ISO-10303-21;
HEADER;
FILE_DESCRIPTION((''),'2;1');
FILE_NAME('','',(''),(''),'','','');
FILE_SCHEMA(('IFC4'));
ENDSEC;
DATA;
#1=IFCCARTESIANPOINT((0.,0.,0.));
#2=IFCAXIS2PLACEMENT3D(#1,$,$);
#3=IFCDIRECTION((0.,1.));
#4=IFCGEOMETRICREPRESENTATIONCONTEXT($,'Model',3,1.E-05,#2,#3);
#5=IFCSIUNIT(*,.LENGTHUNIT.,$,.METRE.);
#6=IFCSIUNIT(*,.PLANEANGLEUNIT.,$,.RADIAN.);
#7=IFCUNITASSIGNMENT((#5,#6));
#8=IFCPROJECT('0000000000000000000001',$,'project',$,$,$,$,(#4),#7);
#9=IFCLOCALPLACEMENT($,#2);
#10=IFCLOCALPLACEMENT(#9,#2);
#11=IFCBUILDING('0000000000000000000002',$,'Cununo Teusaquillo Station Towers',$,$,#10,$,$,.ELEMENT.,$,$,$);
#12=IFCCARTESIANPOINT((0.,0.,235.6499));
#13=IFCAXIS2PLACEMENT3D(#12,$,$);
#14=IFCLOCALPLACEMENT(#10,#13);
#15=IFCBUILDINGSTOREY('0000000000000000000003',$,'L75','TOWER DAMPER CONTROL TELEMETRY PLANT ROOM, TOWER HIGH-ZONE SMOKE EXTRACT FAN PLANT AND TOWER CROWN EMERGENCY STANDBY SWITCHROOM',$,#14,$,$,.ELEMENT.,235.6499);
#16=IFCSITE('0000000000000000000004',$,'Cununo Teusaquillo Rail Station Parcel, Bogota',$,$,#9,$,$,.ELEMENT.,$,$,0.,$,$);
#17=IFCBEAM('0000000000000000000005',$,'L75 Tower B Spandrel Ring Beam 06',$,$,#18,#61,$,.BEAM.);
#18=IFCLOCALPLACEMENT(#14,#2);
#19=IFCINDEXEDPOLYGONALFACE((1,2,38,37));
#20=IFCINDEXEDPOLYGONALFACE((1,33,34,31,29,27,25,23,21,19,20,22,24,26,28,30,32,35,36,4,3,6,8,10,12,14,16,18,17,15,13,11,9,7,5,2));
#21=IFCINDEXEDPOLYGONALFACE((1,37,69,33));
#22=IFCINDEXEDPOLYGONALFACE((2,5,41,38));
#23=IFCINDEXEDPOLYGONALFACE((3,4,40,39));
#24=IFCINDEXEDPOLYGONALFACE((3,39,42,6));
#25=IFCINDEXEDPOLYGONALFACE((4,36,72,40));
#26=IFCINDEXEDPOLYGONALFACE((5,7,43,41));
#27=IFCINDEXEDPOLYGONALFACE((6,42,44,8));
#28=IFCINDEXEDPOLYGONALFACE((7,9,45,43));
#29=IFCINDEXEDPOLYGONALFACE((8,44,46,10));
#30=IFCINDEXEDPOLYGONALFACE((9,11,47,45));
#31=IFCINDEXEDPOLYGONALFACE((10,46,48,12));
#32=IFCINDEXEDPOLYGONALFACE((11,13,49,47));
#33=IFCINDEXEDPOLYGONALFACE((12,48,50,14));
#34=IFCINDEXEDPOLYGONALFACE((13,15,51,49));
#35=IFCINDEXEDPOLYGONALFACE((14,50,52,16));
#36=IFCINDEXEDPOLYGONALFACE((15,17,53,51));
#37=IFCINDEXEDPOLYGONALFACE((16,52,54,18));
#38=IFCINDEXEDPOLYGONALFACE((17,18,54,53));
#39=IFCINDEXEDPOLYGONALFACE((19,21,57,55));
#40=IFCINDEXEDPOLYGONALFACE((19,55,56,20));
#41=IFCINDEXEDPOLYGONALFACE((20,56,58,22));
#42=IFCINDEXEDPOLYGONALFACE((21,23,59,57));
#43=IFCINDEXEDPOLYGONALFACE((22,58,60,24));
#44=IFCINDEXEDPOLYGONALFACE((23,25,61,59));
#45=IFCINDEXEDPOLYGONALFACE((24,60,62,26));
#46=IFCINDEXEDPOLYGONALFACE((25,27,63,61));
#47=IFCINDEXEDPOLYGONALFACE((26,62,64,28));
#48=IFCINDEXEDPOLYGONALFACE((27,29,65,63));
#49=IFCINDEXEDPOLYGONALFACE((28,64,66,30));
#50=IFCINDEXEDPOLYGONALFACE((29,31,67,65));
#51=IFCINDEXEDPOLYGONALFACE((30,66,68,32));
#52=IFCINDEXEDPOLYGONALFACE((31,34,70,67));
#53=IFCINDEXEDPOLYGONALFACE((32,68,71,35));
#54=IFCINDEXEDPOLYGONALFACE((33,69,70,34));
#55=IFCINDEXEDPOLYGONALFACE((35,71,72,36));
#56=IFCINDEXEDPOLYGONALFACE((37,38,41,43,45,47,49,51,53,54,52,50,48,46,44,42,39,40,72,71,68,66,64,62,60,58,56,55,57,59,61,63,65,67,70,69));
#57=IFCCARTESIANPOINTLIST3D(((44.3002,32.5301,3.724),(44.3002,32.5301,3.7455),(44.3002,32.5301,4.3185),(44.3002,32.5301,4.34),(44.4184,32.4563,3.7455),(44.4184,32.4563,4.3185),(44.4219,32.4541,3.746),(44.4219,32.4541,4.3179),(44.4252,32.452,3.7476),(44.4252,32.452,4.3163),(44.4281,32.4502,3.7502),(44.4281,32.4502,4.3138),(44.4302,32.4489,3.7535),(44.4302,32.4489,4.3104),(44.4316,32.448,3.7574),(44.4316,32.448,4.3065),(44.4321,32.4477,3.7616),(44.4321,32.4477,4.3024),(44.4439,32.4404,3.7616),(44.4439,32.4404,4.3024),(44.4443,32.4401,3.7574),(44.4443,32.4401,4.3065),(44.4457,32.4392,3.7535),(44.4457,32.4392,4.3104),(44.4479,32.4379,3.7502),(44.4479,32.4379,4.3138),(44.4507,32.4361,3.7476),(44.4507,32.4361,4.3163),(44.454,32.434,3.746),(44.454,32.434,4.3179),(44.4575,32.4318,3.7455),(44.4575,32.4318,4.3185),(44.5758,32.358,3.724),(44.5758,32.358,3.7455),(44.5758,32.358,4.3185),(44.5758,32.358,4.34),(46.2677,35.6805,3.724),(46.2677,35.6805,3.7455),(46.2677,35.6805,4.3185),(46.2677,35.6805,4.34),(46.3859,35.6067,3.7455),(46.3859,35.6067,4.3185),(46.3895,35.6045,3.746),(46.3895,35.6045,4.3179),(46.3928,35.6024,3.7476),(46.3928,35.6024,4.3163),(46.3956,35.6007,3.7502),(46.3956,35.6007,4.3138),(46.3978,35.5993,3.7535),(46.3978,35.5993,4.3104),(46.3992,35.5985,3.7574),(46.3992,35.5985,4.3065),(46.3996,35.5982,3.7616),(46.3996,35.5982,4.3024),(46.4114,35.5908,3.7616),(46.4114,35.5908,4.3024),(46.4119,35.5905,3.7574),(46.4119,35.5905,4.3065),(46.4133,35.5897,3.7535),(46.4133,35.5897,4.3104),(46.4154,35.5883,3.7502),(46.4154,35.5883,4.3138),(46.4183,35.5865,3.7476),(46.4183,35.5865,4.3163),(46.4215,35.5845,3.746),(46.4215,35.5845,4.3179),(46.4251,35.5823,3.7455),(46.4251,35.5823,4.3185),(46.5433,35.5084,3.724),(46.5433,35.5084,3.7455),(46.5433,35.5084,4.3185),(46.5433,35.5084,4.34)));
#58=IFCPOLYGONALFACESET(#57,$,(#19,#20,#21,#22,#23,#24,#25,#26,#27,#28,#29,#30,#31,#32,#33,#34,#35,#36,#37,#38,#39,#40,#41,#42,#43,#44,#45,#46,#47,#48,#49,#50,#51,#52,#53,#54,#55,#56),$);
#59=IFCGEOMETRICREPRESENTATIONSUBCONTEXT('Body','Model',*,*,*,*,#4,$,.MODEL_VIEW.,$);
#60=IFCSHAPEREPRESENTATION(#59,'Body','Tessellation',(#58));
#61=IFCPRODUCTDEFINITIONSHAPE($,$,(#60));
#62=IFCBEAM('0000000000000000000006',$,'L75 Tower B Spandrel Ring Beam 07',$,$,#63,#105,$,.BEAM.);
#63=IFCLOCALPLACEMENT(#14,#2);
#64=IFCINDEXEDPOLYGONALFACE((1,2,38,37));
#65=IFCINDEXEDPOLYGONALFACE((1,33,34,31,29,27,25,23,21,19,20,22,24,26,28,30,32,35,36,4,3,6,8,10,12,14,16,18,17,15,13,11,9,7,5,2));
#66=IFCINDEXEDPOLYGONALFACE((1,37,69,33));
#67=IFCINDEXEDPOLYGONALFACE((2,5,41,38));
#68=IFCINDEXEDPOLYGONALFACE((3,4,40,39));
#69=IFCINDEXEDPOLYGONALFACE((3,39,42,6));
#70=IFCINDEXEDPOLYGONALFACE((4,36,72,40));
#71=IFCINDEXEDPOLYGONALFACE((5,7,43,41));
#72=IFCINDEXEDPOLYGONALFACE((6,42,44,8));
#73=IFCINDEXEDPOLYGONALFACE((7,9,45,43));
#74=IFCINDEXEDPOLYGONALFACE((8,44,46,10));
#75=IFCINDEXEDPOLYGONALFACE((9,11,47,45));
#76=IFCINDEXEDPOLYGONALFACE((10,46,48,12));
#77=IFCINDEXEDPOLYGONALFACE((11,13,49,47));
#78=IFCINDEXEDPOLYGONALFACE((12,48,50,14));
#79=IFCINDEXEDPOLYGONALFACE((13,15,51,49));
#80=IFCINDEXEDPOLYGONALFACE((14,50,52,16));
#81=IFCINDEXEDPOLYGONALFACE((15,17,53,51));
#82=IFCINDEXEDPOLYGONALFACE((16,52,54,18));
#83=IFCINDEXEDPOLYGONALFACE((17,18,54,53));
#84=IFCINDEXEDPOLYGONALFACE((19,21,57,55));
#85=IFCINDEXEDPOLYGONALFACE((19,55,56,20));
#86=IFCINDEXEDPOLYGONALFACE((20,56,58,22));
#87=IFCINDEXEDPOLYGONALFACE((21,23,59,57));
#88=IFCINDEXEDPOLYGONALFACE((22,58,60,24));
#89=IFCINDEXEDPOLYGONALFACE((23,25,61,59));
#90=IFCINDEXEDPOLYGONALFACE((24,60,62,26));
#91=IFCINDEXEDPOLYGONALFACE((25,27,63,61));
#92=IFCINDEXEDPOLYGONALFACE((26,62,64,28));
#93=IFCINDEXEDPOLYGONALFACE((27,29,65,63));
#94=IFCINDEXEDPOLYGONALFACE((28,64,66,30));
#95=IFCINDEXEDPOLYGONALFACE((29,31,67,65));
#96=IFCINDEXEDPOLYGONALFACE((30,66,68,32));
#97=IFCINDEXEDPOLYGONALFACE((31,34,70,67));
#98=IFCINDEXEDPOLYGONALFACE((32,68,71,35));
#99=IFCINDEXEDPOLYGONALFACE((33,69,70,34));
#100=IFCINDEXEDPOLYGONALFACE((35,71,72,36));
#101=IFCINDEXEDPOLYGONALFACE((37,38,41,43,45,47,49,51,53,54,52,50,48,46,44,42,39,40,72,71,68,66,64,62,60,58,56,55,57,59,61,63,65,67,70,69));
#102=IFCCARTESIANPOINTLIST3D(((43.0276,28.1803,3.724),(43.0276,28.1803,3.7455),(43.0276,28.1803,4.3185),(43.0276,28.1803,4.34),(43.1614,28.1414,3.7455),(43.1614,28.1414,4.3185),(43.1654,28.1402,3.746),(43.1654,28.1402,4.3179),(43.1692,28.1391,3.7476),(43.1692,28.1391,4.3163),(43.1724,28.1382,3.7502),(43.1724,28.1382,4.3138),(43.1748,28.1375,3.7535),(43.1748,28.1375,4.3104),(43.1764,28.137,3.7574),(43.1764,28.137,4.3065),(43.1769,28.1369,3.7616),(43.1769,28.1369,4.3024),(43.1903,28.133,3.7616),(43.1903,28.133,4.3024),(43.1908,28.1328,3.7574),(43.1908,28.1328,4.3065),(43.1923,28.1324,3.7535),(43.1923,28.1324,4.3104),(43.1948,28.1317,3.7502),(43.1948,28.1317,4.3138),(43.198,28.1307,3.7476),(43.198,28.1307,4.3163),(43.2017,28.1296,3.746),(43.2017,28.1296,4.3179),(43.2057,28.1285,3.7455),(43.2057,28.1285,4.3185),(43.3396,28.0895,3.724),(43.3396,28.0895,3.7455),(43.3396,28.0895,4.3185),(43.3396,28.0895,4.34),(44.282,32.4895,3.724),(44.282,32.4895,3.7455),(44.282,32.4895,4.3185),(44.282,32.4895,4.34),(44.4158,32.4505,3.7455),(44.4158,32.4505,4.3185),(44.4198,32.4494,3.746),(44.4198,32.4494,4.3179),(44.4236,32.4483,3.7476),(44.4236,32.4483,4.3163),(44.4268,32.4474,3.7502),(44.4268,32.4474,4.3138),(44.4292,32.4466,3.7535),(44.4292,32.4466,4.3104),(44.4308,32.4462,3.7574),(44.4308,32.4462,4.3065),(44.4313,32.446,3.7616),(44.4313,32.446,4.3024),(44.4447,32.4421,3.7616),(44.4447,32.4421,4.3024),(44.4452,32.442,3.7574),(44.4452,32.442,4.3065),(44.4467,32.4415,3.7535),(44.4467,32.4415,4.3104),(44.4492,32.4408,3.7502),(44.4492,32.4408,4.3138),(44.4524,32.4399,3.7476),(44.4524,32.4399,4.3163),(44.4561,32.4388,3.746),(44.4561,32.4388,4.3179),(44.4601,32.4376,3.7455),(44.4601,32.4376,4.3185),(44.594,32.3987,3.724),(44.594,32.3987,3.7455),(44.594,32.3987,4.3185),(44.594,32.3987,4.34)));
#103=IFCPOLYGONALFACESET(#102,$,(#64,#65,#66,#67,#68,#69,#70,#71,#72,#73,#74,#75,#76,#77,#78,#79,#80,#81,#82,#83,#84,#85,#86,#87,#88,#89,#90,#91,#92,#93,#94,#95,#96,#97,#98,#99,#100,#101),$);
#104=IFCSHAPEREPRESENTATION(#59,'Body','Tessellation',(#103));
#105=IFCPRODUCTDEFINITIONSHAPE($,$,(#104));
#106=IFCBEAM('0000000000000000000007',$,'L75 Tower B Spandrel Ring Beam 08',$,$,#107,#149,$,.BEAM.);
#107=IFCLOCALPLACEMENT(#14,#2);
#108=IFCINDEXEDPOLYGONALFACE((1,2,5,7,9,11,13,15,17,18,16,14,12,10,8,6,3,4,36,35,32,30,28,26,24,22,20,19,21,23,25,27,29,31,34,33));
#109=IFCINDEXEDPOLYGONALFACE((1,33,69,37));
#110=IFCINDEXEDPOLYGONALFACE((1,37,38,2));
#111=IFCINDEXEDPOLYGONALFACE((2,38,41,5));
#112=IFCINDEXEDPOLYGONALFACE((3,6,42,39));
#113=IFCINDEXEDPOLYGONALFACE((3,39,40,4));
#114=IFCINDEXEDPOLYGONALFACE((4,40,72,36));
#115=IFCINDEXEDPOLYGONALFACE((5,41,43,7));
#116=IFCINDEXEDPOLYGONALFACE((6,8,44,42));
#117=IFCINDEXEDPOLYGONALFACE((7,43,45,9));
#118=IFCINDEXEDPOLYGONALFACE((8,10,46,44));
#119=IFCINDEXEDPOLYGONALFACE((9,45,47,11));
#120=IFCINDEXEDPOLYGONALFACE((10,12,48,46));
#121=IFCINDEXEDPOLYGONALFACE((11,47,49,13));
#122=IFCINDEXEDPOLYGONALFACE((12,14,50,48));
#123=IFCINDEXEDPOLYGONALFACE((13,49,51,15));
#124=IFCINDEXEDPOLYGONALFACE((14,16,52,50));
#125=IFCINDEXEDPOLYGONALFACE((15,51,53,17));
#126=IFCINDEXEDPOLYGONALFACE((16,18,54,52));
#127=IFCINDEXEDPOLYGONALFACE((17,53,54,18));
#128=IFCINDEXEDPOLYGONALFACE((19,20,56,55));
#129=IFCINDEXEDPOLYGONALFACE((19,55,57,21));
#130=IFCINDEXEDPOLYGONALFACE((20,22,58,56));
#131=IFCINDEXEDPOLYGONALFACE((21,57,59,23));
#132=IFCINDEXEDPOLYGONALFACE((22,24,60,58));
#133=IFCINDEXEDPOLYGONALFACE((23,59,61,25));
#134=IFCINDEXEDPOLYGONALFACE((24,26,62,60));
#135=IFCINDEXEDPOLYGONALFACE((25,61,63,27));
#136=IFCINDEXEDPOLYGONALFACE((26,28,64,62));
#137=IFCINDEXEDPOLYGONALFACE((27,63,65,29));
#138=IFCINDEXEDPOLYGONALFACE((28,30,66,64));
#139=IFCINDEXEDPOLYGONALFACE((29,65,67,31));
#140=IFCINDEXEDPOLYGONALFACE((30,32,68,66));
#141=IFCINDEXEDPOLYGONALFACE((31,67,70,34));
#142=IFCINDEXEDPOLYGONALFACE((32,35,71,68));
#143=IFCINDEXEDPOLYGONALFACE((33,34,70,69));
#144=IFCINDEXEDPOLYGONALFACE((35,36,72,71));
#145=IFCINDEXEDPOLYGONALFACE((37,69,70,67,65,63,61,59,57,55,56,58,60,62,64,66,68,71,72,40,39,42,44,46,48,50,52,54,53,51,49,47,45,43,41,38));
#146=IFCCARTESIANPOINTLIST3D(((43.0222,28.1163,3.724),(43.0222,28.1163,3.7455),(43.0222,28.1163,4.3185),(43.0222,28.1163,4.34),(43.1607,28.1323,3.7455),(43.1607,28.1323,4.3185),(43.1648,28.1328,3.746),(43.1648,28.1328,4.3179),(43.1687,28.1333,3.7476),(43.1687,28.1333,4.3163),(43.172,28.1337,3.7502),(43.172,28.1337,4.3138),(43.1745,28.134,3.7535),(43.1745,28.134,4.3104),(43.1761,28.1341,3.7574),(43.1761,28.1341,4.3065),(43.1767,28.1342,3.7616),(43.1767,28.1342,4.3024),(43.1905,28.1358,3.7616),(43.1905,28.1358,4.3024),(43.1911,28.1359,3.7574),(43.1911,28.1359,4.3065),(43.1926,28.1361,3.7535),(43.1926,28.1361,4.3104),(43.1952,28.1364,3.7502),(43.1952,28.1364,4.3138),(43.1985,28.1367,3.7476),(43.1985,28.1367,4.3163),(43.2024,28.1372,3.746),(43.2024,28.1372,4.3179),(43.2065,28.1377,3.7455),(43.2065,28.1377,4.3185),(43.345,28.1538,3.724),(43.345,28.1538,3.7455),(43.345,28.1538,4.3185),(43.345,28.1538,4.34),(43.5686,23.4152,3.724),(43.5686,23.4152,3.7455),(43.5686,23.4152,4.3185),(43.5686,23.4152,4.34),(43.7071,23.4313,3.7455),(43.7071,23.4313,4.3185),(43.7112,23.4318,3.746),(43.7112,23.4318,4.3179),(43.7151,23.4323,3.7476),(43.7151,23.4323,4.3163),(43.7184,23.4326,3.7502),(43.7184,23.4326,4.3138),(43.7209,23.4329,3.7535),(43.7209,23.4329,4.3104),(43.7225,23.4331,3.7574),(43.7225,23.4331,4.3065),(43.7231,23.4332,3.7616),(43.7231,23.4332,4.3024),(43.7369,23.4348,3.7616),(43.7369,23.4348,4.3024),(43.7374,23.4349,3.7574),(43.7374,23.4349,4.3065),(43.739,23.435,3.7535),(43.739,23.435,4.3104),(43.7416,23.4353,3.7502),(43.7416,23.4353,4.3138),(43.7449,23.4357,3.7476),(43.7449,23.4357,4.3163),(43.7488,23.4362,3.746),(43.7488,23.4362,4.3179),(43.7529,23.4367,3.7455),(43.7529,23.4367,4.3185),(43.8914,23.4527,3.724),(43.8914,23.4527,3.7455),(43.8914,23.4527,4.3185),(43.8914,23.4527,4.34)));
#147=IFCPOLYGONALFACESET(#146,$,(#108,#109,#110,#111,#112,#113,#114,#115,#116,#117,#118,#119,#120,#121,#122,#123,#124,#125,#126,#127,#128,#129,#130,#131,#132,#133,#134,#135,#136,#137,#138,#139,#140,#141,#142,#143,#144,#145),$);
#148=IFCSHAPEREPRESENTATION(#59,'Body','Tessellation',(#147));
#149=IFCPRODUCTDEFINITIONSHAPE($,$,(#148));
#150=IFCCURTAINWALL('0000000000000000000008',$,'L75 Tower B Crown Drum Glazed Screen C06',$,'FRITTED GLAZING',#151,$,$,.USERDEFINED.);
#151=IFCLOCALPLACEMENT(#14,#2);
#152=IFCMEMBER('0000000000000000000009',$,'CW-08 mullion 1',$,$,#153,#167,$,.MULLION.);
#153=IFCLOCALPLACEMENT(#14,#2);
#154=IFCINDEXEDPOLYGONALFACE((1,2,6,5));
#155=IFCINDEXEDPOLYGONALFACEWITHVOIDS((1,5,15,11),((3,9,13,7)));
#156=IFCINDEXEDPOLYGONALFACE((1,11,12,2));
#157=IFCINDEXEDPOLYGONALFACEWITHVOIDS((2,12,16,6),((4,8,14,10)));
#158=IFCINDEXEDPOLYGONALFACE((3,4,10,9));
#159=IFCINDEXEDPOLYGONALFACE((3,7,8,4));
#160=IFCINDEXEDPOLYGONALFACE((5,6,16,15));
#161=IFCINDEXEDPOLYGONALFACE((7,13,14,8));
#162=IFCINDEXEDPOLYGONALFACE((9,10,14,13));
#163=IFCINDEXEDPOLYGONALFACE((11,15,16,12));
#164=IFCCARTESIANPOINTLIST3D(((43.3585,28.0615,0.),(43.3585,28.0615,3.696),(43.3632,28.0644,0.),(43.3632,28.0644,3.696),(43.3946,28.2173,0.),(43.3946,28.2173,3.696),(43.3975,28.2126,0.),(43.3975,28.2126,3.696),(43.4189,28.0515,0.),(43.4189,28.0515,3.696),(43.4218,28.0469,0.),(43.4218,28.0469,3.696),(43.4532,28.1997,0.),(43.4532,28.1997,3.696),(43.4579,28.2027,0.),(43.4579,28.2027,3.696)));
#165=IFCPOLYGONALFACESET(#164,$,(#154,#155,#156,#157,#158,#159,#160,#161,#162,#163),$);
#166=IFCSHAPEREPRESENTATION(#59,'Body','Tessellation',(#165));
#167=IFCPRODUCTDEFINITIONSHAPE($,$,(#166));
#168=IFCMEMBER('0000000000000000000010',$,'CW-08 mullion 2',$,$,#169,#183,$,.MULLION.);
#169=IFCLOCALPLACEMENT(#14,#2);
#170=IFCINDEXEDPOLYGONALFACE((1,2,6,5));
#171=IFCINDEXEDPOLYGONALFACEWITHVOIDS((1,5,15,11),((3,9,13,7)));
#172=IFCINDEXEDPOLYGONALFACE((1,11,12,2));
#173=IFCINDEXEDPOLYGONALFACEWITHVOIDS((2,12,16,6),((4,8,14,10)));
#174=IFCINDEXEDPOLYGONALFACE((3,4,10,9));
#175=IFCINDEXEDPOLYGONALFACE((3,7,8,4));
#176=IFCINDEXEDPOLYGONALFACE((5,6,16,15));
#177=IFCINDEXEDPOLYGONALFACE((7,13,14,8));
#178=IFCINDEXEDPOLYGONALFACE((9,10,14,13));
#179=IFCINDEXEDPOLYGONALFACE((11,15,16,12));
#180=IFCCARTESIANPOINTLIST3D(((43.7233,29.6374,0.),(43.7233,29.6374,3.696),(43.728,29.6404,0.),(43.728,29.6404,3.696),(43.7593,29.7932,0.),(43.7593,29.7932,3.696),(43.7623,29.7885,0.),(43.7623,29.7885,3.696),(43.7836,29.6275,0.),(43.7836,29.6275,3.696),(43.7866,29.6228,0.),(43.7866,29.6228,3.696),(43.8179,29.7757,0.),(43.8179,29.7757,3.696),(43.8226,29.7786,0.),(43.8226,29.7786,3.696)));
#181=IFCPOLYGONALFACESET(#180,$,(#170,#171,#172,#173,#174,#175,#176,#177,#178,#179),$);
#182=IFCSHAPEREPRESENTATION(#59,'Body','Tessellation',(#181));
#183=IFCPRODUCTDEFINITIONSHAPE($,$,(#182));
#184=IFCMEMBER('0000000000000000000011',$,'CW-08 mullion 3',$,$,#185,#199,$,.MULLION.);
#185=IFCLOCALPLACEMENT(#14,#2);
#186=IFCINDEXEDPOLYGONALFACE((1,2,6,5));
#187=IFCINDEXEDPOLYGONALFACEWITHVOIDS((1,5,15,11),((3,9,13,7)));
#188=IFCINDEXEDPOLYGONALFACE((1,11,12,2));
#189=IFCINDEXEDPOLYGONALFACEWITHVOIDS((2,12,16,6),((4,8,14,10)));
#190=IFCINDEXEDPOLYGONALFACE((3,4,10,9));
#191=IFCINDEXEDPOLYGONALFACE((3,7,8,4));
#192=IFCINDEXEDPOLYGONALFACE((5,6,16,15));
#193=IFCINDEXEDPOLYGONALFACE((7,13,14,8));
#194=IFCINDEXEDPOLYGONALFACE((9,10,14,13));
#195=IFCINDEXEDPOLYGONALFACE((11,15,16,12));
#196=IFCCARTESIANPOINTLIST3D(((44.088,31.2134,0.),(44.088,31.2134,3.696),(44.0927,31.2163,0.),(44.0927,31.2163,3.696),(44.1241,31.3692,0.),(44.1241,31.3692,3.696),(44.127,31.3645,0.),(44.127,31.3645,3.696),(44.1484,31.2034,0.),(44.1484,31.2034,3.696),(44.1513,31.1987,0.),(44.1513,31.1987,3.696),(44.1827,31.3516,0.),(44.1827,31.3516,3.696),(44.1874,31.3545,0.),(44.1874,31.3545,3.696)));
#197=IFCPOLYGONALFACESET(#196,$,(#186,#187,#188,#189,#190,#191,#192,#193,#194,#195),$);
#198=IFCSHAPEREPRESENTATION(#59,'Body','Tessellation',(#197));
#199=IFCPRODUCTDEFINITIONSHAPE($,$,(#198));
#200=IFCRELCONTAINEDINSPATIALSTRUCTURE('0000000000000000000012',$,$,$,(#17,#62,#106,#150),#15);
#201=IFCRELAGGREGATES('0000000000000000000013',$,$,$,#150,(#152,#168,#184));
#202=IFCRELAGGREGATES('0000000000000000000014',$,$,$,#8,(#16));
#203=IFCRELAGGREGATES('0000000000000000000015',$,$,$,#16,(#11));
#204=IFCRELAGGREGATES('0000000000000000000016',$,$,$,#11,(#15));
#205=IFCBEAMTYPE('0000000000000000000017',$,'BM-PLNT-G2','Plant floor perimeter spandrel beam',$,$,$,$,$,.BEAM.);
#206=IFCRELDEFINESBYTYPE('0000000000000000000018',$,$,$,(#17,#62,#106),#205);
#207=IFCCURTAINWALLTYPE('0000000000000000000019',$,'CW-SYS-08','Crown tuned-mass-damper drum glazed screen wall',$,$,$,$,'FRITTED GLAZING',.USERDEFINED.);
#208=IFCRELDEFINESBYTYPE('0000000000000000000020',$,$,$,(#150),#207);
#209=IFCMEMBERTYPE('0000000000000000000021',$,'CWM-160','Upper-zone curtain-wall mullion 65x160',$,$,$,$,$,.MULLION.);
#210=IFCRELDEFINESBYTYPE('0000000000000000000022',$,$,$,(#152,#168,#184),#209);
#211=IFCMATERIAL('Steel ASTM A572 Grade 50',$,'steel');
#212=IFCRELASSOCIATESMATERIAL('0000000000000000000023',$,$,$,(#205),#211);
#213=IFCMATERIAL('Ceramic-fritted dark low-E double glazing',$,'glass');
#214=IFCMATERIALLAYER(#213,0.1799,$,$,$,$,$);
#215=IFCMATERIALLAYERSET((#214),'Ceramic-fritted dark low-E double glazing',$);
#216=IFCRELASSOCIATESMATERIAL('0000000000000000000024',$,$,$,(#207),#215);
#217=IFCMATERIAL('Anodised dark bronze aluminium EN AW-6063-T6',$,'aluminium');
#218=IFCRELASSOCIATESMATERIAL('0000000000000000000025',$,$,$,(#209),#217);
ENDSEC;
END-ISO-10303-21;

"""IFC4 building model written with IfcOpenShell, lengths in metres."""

from ifc_helpers import new_model, si_unit, direction, frame, origin, origin_2d, place, context, subcontext, project, spatial, hollow_rectangle, i_section, extrude, material, layer, layer_set, material_profile, profile_set, type_object, element, aggregate, save


model = new_model("IFC4")

# Units and contexts
model_context = context("Model", 3, precision=1e-05, world=origin(), true_north=direction((0.0, 1.0)))
body_context = subcontext(model_context, "Body", "Model", "MODEL_VIEW")
ifc_project = project(units=[si_unit("LENGTHUNIT", "METRE"), si_unit("PLANEANGLEUNIT", "RADIAN")], contexts=[model_context])

# Site, building, storey
site_placement = place(None, origin())
site = spatial("IfcSite", under=ifc_project, at=site_placement, Name="Cununo Teusaquillo Rail Station Parcel, Bogota", CompositionType="ELEMENT", RefElevation=0.0)
building_placement = place(site_placement, origin())
building = spatial("IfcBuilding", under=site, at=building_placement, Name="Cununo Teusaquillo Station Towers", CompositionType="ELEMENT")
storey_placement = place(building_placement, frame((0.0, 0.0, 235.6499)))
storey = spatial("IfcBuildingStorey", under=building, at=storey_placement, Name="L75", Description="TOWER DAMPER CONTROL TELEMETRY PLANT ROOM, TOWER HIGH-ZONE SMOKE EXTRACT FAN PLANT AND TOWER CROWN EMERGENCY STANDBY SWITCHROOM", CompositionType="ELEMENT", Elevation=235.6499)

# Beams
ifc_material_1 = material(Name="Steel ASTM A572 Grade 50", Category="steel")
ifc_material_profile_1 = material_profile(ifc_material_1, i_section(OverallWidth=0.325, OverallDepth=0.616, WebThickness=0.0139, FlangeThickness=0.0215, FilletRadius=0.0161, at=origin_2d()), Name="W24X117")
ifc_profile_set_1 = profile_set([ifc_material_profile_1], Name="Steel ASTM A572 Grade 50")
beam_type_1 = type_object("IfcBeamType", Name="BM-PLNT-G2", Description="Plant floor perimeter spandrel beam", PredefinedType="BEAM", material=ifc_profile_set_1)
for number, where, z_axis, x_axis, name in (
    (1, (46.4055, 35.5945, 4.032), (-0.529715, -0.848176, 0.0), (0.848176, -0.529715, 0.0), "L75 Tower B Spandrel Ring Beam 06"),
):
    element("IfcBeam", number, at=place(storey_placement, frame(where, z_axis=z_axis, x_axis=x_axis)), inside=storey, type_object=beam_type_1, Name=name, PredefinedType="BEAM", context=body_context, shape_type="SweptSolid", body=[
        extrude(i_section(OverallWidth=0.325, OverallDepth=0.616, WebThickness=0.0139, FlangeThickness=0.0215, FilletRadius=0.0161, at=origin_2d()), origin(), (0.0, 0.0, 1.0), 3.7144),
    ])
beam_1_placement = place(storey_placement, frame((44.438, 32.4441, 4.032), z_axis=(-0.279503, -0.960145, 0.0), x_axis=(0.960145, -0.279503, 0.0)))
element("IfcBeam", 2, at=beam_1_placement, inside=storey, type_object=beam_type_1, Name="L75 Tower B Spandrel Ring Beam 07", PredefinedType="BEAM", context=body_context, shape_type="SweptSolid", body=[
    extrude(i_section(OverallWidth=0.325, OverallDepth=0.616, WebThickness=0.0139, FlangeThickness=0.0215, FilletRadius=0.0161, at=origin_2d()), origin(), (0.0, 0.0, 1.0), 4.488),
])
beam_2_placement = place(storey_placement, frame((43.1836, 28.135, 4.032), z_axis=(0.115452, -0.993313, 0.0), x_axis=(0.993313, 0.115452, 0.0)))
element("IfcBeam", 3, at=beam_2_placement, inside=storey, type_object=beam_type_1, Name="L75 Tower B Spandrel Ring Beam 08", PredefinedType="BEAM", context=body_context, shape_type="SweptSolid", body=[
    extrude(i_section(OverallWidth=0.325, OverallDepth=0.616, WebThickness=0.0139, FlangeThickness=0.0215, FilletRadius=0.0161, at=origin_2d()), origin(), (0.0, 0.0, 1.0), 4.7327),
])

# Curtain wall, members
ifc_material_2 = material(Name="Ceramic-fritted dark low-E double glazing", Category="glass")
ifc_layer_1 = layer(ifc_material_2, 0.1799)
ifc_layer_set_1 = layer_set([ifc_layer_1], Name="Ceramic-fritted dark low-E double glazing")
curtain_wall_type = type_object("IfcCurtainWallType", Name="CW-SYS-08", Description="Crown tuned-mass-damper drum glazed screen wall", ElementType="FRITTED GLAZING", PredefinedType="USERDEFINED", material=ifc_layer_set_1)
curtain_wall_placement = place(storey_placement, origin())
curtain_wall = element("IfcCurtainWall", 4, at=curtain_wall_placement, inside=storey, type_object=curtain_wall_type, Name="L75 Tower B Crown Drum Glazed Screen C06", ObjectType="FRITTED GLAZING", PredefinedType="USERDEFINED")
ifc_material_3 = material(Name="Anodised dark bronze aluminium EN AW-6063-T6", Category="aluminium")
ifc_material_profile_2 = material_profile(ifc_material_3, hollow_rectangle(XDim=0.0649, YDim=0.1599, WallThickness=0.0039, at=origin_2d()), Name="CW-MULL-65x160")
ifc_profile_set_2 = profile_set([ifc_material_profile_2], Name="Anodised dark bronze aluminium EN AW-6063-T6")
member_type_1 = type_object("IfcMemberType", Name="CWM-160", Description="Upper-zone curtain-wall mullion 65x160", PredefinedType="MULLION", material=ifc_profile_set_2)
member_1_placement = place(storey_placement, frame((43.4082, 28.1321, 0.0), z_axis=(0.0, 0.0, 1.0), x_axis=(-0.974251, 0.225466, 0.0)))
member_1 = element("IfcMember", 5, at=member_1_placement, type_object=member_type_1, Name="CW-08 mullion 1", PredefinedType="MULLION", context=body_context, shape_type="SweptSolid", body=[
    extrude(hollow_rectangle(XDim=0.0649, YDim=0.1599, WallThickness=0.0039, at=origin_2d()), origin(), (0.0, 0.0, 1.0), 3.696),
])
member_2_placement = place(storey_placement, frame((43.7729, 29.708, 0.0), z_axis=(0.0, 0.0, 1.0), x_axis=(-0.974251, 0.225466, 0.0)))
member_2 = element("IfcMember", 6, at=member_2_placement, type_object=member_type_1, Name="CW-08 mullion 2", PredefinedType="MULLION", context=body_context, shape_type="SweptSolid", body=[
    extrude(hollow_rectangle(XDim=0.0649, YDim=0.1599, WallThickness=0.0039, at=origin_2d()), origin(), (0.0, 0.0, 1.0), 3.696),
])
member_3_placement = place(storey_placement, frame((44.1377, 31.2839, 0.0), z_axis=(0.0, 0.0, 1.0), x_axis=(-0.974251, 0.225466, 0.0)))
member_3 = element("IfcMember", 7, at=member_3_placement, type_object=member_type_1, Name="CW-08 mullion 3", PredefinedType="MULLION", context=body_context, shape_type="SweptSolid", body=[
    extrude(hollow_rectangle(XDim=0.0649, YDim=0.1599, WallThickness=0.0039, at=origin_2d()), origin(), (0.0, 0.0, 1.0), 3.696),
])

aggregate(curtain_wall, [member_1, member_2, member_3])

save(model, "model.ifc")
